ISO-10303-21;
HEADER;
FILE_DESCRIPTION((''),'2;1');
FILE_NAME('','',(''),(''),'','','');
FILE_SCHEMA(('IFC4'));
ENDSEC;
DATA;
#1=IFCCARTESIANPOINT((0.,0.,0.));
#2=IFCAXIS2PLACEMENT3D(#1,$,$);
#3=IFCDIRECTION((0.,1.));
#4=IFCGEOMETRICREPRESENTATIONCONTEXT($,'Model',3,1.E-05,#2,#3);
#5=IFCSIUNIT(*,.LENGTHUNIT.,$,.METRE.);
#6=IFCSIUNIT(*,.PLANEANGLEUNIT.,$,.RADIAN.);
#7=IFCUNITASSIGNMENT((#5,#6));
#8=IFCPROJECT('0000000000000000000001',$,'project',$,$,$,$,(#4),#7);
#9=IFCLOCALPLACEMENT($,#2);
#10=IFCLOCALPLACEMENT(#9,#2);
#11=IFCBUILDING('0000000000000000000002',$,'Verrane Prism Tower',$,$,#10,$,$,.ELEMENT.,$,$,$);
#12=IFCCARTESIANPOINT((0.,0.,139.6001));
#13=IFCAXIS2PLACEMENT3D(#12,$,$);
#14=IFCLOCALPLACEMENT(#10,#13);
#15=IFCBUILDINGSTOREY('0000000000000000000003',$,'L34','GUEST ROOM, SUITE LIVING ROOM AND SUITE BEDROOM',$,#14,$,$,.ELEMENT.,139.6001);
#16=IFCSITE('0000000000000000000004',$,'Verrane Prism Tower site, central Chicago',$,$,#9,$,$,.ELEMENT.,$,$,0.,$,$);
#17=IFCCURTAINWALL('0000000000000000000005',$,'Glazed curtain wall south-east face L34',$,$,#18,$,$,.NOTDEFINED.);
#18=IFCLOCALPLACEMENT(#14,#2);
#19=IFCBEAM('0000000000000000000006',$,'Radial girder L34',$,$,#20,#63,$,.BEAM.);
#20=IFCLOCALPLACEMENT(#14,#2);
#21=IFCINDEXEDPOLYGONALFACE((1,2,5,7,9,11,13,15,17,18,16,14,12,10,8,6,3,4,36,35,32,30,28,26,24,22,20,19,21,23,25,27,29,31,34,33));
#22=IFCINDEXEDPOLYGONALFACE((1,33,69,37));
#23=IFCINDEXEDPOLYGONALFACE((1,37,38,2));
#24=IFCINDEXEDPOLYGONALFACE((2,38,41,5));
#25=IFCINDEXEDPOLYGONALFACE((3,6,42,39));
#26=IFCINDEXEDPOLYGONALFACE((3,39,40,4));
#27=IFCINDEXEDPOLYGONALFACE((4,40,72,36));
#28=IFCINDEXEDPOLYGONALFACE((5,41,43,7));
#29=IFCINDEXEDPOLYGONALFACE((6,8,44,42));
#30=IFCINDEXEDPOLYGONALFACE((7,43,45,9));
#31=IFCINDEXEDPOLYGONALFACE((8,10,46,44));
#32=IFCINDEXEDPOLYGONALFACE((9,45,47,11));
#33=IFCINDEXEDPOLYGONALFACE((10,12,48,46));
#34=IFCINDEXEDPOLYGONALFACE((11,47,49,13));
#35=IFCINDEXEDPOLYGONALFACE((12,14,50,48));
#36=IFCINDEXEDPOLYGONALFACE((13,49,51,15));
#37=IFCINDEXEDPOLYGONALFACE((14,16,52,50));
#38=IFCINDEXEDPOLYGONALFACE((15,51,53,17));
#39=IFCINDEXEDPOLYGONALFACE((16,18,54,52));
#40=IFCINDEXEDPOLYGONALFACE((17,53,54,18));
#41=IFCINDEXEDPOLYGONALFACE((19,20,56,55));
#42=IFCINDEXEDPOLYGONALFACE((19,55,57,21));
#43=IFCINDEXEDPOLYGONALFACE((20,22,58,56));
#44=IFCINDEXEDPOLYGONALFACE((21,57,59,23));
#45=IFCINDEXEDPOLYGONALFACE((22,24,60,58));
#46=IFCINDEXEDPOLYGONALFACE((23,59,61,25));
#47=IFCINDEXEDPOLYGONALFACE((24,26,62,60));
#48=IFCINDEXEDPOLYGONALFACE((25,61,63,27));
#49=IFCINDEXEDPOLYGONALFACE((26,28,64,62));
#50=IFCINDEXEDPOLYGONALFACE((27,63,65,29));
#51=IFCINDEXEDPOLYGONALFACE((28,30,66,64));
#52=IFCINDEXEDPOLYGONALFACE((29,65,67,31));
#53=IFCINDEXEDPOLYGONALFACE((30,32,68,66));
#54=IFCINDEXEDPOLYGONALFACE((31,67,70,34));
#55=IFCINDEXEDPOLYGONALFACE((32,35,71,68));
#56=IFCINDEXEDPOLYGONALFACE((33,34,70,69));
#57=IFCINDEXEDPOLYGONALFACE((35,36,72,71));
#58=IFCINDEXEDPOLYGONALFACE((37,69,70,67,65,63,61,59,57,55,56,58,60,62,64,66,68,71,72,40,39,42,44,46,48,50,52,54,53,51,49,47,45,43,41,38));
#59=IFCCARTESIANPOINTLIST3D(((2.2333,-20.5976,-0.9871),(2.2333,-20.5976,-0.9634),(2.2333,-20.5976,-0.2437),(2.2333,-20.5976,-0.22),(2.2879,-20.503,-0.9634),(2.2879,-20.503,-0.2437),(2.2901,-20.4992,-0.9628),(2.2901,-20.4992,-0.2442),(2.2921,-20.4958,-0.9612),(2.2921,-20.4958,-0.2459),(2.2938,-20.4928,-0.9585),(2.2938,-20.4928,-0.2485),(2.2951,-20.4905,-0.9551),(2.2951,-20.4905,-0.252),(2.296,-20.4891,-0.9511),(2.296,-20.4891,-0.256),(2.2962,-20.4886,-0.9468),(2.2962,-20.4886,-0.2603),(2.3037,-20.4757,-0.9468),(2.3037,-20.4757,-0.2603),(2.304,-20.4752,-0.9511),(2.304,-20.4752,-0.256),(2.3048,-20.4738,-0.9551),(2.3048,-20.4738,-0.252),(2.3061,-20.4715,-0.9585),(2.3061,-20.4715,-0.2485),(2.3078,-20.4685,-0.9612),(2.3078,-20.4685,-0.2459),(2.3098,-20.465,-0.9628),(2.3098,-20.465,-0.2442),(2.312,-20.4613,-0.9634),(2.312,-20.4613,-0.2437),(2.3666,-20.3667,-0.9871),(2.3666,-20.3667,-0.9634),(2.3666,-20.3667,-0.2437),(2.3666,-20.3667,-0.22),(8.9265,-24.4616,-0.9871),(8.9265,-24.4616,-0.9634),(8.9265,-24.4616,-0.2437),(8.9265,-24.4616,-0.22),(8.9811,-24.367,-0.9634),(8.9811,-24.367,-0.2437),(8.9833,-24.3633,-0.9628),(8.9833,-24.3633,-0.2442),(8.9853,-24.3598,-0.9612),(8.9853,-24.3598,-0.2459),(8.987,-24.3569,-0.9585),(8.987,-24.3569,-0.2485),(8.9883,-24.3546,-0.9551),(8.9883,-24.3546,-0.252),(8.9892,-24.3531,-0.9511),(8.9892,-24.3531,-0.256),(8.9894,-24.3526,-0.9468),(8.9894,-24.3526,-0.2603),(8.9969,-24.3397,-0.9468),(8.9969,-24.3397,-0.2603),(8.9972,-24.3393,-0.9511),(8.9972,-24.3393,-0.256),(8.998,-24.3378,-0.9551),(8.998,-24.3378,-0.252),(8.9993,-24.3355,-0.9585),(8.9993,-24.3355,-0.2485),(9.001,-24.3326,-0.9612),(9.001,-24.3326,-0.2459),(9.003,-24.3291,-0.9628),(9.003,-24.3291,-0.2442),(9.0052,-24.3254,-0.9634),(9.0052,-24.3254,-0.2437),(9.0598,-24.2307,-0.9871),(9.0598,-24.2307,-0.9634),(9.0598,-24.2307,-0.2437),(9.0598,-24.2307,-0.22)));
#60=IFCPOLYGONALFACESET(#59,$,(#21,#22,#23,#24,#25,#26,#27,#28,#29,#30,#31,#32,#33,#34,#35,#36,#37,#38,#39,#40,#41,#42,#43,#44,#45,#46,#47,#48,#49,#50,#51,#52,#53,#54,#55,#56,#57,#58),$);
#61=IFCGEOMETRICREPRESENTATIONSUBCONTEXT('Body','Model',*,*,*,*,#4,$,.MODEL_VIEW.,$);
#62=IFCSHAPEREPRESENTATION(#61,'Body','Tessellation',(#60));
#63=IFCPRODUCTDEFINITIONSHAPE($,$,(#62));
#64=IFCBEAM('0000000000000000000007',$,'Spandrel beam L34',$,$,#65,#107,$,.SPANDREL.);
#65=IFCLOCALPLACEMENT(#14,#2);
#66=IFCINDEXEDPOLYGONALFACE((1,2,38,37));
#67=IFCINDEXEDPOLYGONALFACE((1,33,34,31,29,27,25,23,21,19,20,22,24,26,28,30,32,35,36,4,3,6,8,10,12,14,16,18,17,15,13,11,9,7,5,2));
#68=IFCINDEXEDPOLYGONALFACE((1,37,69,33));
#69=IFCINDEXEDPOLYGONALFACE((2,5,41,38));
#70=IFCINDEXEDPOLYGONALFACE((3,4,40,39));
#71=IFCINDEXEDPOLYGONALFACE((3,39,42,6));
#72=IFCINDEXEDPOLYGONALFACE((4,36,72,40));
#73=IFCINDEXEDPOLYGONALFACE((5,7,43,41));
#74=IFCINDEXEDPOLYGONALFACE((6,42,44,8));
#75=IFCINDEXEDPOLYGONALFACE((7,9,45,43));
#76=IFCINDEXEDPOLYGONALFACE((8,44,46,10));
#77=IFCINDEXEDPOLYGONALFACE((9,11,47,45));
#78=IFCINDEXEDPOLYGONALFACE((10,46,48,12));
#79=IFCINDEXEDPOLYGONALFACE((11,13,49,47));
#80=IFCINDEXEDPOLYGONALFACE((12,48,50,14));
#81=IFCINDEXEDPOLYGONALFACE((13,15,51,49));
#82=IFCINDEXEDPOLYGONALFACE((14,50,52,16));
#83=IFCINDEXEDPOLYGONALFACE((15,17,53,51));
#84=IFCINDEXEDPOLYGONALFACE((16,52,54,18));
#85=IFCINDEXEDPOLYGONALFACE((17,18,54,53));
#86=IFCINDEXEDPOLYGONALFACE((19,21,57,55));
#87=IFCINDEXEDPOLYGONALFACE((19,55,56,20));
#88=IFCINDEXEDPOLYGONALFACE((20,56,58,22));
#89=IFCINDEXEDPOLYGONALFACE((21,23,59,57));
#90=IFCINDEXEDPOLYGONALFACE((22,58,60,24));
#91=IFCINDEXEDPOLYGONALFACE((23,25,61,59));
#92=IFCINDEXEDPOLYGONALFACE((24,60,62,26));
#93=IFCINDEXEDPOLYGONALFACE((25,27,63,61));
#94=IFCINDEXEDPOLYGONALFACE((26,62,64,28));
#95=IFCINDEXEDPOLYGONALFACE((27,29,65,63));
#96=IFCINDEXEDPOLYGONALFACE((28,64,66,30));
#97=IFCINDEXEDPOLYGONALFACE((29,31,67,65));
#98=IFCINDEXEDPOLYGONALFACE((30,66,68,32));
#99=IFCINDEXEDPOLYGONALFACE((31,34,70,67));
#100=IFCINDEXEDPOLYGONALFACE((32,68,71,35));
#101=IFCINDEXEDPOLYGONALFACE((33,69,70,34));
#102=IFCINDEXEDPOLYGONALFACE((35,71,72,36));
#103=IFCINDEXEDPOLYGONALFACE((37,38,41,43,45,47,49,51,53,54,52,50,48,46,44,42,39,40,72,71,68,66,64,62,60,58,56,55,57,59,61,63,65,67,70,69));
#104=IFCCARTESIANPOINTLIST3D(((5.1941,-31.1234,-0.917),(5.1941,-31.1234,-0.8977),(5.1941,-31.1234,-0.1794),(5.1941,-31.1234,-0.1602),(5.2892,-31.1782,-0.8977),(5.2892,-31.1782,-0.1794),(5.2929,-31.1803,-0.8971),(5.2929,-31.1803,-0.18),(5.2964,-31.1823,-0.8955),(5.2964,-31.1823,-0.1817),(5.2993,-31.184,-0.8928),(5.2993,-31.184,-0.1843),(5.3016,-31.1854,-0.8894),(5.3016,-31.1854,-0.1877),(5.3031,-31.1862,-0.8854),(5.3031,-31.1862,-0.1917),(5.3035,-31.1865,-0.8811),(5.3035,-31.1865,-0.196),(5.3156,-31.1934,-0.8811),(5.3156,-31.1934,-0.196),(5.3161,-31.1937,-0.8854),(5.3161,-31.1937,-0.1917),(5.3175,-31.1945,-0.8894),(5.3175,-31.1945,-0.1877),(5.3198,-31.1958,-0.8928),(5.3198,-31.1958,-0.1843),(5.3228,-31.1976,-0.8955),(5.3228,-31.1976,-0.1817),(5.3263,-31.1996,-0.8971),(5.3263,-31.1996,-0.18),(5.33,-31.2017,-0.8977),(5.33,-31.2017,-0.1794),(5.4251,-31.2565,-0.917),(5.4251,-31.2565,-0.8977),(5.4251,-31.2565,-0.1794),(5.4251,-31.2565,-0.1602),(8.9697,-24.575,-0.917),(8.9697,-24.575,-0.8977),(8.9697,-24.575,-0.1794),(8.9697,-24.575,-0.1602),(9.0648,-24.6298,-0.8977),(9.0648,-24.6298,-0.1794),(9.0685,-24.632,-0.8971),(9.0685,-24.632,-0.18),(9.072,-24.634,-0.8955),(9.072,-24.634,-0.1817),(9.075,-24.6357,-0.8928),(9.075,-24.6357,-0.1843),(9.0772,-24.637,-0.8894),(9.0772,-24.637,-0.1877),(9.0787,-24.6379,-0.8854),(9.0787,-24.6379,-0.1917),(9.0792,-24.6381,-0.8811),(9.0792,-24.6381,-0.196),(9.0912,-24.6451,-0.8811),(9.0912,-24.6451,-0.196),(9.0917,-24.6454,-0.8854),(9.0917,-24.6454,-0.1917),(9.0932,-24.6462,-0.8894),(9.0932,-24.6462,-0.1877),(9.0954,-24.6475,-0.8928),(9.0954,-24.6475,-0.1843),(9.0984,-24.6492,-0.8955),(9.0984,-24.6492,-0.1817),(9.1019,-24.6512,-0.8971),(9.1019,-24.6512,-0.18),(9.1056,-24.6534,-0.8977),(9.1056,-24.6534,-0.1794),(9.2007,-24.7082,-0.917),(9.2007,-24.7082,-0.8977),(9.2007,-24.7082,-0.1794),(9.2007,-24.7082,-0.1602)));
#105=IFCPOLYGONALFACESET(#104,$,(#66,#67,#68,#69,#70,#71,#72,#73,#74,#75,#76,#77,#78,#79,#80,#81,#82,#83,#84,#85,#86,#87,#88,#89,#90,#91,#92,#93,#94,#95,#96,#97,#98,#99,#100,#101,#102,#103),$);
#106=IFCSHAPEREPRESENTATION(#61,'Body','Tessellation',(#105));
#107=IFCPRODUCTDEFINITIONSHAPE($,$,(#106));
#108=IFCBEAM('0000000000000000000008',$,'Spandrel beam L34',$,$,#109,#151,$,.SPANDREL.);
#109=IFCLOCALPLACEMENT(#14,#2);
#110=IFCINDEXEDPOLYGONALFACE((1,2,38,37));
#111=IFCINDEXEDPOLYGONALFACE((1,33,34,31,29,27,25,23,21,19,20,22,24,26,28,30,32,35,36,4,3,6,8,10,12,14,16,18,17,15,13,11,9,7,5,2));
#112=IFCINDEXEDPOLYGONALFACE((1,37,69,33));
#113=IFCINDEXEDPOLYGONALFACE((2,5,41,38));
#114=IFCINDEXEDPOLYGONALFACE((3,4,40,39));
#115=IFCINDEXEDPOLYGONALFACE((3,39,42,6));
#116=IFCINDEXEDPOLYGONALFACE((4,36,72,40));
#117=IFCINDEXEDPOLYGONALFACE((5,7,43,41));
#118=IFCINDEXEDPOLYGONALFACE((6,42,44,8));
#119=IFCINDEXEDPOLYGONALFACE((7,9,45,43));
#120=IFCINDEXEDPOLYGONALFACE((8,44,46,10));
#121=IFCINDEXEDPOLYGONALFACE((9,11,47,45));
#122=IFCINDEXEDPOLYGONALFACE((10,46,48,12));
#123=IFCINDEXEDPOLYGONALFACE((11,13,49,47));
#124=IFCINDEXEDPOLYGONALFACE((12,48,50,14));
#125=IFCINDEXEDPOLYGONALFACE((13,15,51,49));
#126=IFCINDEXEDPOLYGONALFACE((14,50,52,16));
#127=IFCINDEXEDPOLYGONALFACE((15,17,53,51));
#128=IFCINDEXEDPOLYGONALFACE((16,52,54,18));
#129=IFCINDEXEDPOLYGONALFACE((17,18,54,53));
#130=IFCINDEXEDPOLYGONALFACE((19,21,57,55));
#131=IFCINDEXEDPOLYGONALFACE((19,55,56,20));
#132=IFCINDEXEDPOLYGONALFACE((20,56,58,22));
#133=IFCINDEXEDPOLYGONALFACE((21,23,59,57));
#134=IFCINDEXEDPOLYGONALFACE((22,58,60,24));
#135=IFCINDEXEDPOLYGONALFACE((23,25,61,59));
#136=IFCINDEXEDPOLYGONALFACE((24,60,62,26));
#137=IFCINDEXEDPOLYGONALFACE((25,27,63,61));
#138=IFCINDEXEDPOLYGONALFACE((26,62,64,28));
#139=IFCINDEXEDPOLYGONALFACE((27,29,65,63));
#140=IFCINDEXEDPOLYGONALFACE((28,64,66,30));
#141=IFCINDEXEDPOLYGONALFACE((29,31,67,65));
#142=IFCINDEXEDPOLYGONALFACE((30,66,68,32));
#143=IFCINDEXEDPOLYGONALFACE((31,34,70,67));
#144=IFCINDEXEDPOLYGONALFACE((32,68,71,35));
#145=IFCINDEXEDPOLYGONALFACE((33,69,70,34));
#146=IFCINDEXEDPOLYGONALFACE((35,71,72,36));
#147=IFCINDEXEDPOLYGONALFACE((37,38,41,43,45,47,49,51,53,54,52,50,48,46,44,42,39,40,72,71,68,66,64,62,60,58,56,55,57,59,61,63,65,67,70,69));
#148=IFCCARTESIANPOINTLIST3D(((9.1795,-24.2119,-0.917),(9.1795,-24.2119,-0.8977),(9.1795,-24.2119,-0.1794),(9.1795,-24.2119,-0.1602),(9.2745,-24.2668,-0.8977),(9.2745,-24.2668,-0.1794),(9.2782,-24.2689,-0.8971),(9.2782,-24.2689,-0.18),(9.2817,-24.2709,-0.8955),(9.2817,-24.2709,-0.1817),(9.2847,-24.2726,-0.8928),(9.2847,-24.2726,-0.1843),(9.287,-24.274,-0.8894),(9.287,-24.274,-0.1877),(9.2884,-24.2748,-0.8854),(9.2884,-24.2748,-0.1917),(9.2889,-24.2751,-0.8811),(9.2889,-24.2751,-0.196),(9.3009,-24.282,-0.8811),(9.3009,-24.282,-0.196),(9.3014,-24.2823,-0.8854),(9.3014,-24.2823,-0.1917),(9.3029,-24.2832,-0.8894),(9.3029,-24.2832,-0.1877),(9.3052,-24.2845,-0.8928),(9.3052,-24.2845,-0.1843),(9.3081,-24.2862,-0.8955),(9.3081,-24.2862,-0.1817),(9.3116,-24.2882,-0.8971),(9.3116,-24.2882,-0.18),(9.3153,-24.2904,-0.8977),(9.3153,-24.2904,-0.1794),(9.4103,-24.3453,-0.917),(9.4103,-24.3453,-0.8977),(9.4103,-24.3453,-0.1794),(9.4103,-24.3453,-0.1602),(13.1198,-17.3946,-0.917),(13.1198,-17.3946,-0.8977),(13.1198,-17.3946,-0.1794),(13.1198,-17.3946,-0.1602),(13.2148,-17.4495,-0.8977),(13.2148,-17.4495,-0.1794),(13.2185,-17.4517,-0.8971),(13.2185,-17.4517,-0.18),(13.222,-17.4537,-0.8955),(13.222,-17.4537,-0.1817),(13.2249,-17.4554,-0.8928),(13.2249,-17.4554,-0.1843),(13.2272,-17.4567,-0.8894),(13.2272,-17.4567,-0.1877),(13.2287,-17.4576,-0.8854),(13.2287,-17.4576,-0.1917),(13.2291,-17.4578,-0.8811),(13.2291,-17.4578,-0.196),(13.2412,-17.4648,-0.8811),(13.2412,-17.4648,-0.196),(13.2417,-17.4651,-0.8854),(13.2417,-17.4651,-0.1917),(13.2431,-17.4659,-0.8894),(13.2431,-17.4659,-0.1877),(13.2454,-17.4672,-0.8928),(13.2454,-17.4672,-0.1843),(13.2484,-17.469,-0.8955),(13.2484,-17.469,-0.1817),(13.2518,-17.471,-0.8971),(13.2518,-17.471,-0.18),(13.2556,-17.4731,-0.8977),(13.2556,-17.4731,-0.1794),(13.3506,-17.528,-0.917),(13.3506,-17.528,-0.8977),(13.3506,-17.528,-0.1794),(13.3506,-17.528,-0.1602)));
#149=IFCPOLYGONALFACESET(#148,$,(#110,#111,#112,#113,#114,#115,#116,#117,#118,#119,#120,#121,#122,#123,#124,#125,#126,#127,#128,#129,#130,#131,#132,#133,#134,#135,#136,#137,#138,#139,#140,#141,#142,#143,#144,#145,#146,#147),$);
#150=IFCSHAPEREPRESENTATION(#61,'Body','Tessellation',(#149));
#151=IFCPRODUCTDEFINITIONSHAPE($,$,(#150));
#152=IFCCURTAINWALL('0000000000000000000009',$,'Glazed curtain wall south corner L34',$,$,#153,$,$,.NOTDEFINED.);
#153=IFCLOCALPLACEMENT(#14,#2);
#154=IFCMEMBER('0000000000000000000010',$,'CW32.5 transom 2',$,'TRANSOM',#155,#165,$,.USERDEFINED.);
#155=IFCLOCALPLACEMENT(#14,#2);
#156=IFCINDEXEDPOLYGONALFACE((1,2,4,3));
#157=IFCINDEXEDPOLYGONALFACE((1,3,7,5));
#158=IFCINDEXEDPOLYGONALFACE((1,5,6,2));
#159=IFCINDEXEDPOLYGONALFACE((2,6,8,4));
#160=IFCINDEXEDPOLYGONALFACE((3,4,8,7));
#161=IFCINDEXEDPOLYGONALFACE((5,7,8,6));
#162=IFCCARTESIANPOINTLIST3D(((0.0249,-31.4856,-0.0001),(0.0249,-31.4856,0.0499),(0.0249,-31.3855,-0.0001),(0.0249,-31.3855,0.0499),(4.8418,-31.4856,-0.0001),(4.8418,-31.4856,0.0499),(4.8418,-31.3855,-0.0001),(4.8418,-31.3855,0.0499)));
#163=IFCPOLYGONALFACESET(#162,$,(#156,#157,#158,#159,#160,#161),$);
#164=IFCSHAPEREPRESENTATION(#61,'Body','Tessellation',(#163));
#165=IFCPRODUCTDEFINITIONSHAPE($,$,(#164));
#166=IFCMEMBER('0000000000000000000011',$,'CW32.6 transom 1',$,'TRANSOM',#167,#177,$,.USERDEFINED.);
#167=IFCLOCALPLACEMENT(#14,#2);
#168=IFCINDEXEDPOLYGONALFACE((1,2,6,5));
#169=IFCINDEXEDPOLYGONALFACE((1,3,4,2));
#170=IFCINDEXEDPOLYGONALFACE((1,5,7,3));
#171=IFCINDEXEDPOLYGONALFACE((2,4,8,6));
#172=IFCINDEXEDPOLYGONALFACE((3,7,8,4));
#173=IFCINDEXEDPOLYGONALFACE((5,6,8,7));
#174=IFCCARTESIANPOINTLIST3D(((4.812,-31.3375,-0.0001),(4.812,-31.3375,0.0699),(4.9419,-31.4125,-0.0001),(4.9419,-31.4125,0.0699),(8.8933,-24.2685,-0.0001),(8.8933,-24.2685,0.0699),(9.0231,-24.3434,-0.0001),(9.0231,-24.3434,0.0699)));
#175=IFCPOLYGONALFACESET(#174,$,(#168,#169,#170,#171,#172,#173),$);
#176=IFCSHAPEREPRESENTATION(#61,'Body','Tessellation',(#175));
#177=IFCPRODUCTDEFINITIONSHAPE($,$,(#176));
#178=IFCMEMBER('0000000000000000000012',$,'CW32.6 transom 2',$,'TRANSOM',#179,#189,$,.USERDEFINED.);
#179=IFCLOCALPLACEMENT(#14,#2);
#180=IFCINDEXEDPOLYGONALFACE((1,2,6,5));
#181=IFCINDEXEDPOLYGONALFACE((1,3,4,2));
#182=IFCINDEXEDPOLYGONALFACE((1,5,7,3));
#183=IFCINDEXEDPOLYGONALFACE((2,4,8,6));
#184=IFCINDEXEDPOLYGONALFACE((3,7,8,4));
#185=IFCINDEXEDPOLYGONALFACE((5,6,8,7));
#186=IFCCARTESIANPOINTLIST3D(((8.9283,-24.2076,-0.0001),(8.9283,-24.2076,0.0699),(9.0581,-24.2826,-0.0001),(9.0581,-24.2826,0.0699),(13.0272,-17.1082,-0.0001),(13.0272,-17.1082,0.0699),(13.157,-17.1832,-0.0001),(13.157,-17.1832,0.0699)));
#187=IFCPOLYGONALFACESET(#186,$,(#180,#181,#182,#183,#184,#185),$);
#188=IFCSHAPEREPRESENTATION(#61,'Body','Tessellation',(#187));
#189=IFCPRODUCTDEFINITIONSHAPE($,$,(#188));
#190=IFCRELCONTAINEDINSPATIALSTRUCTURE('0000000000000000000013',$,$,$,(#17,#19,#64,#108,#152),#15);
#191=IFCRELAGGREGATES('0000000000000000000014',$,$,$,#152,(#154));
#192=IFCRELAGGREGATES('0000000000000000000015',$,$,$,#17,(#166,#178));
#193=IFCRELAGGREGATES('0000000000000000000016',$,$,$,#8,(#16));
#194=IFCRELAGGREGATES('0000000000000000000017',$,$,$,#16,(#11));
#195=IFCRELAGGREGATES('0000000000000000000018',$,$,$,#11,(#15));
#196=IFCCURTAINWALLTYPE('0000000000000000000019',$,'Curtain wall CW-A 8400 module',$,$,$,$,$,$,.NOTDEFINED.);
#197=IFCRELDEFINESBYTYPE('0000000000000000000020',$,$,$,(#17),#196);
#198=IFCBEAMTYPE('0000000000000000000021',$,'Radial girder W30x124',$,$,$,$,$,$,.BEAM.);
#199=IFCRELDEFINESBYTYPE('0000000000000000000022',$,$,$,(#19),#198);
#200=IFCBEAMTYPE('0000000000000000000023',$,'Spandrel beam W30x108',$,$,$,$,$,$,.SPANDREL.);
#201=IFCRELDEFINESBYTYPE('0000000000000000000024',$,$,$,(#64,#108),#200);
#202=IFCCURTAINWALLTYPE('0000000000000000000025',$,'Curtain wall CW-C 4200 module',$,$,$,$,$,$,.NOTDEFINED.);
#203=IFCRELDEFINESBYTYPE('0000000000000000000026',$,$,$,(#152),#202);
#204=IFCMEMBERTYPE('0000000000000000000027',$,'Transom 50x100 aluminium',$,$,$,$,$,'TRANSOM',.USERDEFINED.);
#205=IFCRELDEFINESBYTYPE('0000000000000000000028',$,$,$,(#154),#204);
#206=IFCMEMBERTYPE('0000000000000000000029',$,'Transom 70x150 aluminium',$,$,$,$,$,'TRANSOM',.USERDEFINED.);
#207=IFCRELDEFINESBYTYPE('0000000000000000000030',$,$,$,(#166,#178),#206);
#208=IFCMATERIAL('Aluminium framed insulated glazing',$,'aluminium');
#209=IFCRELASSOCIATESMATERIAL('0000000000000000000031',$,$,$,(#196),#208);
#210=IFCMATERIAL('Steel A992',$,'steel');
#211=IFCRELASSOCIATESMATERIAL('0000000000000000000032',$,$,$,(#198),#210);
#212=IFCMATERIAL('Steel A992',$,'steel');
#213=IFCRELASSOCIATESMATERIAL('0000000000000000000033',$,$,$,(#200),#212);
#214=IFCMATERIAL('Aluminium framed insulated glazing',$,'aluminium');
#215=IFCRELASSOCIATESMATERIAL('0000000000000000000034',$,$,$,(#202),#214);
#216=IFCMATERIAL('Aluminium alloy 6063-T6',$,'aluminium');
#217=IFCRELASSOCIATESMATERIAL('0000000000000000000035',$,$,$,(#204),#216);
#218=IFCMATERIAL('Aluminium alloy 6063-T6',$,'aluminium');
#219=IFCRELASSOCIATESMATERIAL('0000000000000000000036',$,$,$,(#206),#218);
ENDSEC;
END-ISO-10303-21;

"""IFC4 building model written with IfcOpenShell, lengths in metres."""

from ifc_helpers import new_model, si_unit, direction, frame, origin, origin_2d, place, context, subcontext, project, spatial, rectangle, i_section, extrude, material, material_profile, profile_set, type_object, element, aggregate, save


model = new_model("IFC4")

# Units and contexts
model_context = context("Model", 3, precision=1e-05, world=origin(), true_north=direction((0.0, 1.0)))
body_context = subcontext(model_context, "Body", "Model", "MODEL_VIEW")
ifc_project = project(units=[si_unit("LENGTHUNIT", "METRE"), si_unit("PLANEANGLEUNIT", "RADIAN")], contexts=[model_context])

# Site, building, storey
site_placement = place(None, origin())
site = spatial("IfcSite", under=ifc_project, at=site_placement, Name="Verrane Prism Tower site, central Chicago", CompositionType="ELEMENT", RefElevation=0.0)
building_placement = place(site_placement, origin())
building = spatial("IfcBuilding", under=site, at=building_placement, Name="Verrane Prism Tower", CompositionType="ELEMENT")
storey_placement = place(building_placement, frame((0.0, 0.0, 139.6001)))
storey = spatial("IfcBuildingStorey", under=building, at=storey_placement, Name="L34", Description="GUEST ROOM, SUITE LIVING ROOM AND SUITE BEDROOM", CompositionType="ELEMENT", Elevation=139.6001)

# Curtain wall
ifc_material_1 = material(Name="Aluminium framed insulated glazing", Category="aluminium")
curtain_wall_type_1 = type_object("IfcCurtainWallType", Name="Curtain wall CW-A 8400 module", PredefinedType="NOTDEFINED", material=ifc_material_1)
curtain_wall_1_placement = place(storey_placement, origin())
curtain_wall_1 = element("IfcCurtainWall", 1, at=curtain_wall_1_placement, inside=storey, type_object=curtain_wall_type_1, Name="Glazed curtain wall south-east face L34", PredefinedType="NOTDEFINED")

# Beams
ifc_material_2 = material(Name="Steel A992", Category="steel")
ifc_material_profile_1 = material_profile(ifc_material_2, i_section(OverallWidth=0.2666, OverallDepth=0.7671, WebThickness=0.0149, FlangeThickness=0.0237, FilletRadius=0.0166, at=origin_2d()), Name="W30x124")
ifc_profile_set_1 = profile_set([ifc_material_profile_1], Name="Steel A992")
beam_type_1 = type_object("IfcBeamType", Name="Radial girder W30x124", PredefinedType="BEAM", material=ifc_profile_set_1)
beam_1_placement = place(storey_placement, frame((8.9932, -24.3462, -0.6035), z_axis=(-0.86604, 0.499975, 0.0), x_axis=(-0.499975, -0.86604, 0.0)))
element("IfcBeam", 2, at=beam_1_placement, inside=storey, type_object=beam_type_1, Name="Radial girder L34", PredefinedType="BEAM", context=body_context, shape_type="SweptSolid", body=[
    extrude(i_section(OverallWidth=0.2666, OverallDepth=0.7671, WebThickness=0.0149, FlangeThickness=0.0237, FilletRadius=0.0166, at=origin_2d()), origin(), (0.0, 0.0, 1.0), 7.7285),
])
ifc_material_3 = material(Name="Steel A992", Category="steel")
ifc_material_profile_2 = material_profile(ifc_material_3, i_section(OverallWidth=0.2666, OverallDepth=0.7568, WebThickness=0.0139, FlangeThickness=0.0193, FilletRadius=0.0166, at=origin_2d()), Name="W30x108")
ifc_profile_set_2 = profile_set([ifc_material_profile_2], Name="Steel A992")
beam_type_2 = type_object("IfcBeamType", Name="Spandrel beam W30x108", PredefinedType="SPANDREL", material=ifc_profile_set_2)
beam_2_placement = place(storey_placement, frame((5.3096, -31.1899, -0.5386), z_axis=(0.499499, 0.866315, 0.0), x_axis=(-0.866315, 0.499499, 0.0)))
element("IfcBeam", 3, at=beam_2_placement, inside=storey, type_object=beam_type_2, Name="Spandrel beam L34", PredefinedType="SPANDREL", context=body_context, shape_type="SweptSolid", body=[
    extrude(i_section(OverallWidth=0.2666, OverallDepth=0.7568, WebThickness=0.0139, FlangeThickness=0.0193, FilletRadius=0.0166, at=origin_2d()), origin(), (0.0, 0.0, 1.0), 7.5588),
])
beam_3_placement = place(storey_placement, frame((9.2949, -24.2786, -0.5386), z_axis=(0.50041, 0.865788, 0.0), x_axis=(-0.865788, 0.50041, 0.0)))
element("IfcBeam", 4, at=beam_3_placement, inside=storey, type_object=beam_type_2, Name="Spandrel beam L34", PredefinedType="SPANDREL", context=body_context, shape_type="SweptSolid", body=[
    extrude(i_section(OverallWidth=0.2666, OverallDepth=0.7568, WebThickness=0.0139, FlangeThickness=0.0193, FilletRadius=0.0166, at=origin_2d()), origin(), (0.0, 0.0, 1.0), 7.874),
])

# Curtain wall, member
ifc_material_4 = material(Name="Aluminium framed insulated glazing", Category="aluminium")
curtain_wall_type_2 = type_object("IfcCurtainWallType", Name="Curtain wall CW-C 4200 module", PredefinedType="NOTDEFINED", material=ifc_material_4)
curtain_wall_2_placement = place(storey_placement, origin())
curtain_wall_2 = element("IfcCurtainWall", 5, at=curtain_wall_2_placement, inside=storey, type_object=curtain_wall_type_2, Name="Glazed curtain wall south corner L34", PredefinedType="NOTDEFINED")
ifc_material_5 = material(Name="Aluminium alloy 6063-T6", Category="aluminium")
ifc_material_profile_3 = material_profile(ifc_material_5, rectangle(XDim=0.1001, YDim=0.05, at=origin_2d()), Name="Transom 50x100 aluminium")
ifc_profile_set_3 = profile_set([ifc_material_profile_3], Name="Aluminium alloy 6063-T6")
member_type_1 = type_object("IfcMemberType", Name="Transom 50x100 aluminium", ElementType="TRANSOM", PredefinedType="USERDEFINED", material=ifc_profile_set_3)
member_1_placement = place(storey_placement, frame((0.0249, -31.4355, 0.0249), z_axis=(1.0, 0.0, 0.0), x_axis=(0.0, 1.0, 0.0)))
member_1 = element("IfcMember", 6, at=member_1_placement, type_object=member_type_1, Name="CW32.5 transom 2", ObjectType="TRANSOM", PredefinedType="USERDEFINED", context=body_context, shape_type="SweptSolid", body=[
    extrude(rectangle(XDim=0.1001, YDim=0.05, at=origin_2d()), origin(), (0.0, 0.0, 1.0), 4.8169),
])

# Members
ifc_material_6 = material(Name="Aluminium alloy 6063-T6", Category="aluminium")
ifc_material_profile_4 = material_profile(ifc_material_6, rectangle(XDim=0.1499, YDim=0.0701, at=origin_2d()), Name="Transom 70x150 aluminium")
ifc_profile_set_4 = profile_set([ifc_material_profile_4], Name="Aluminium alloy 6063-T6")
member_type_2 = type_object("IfcMemberType", Name="Transom 70x150 aluminium", ElementType="TRANSOM", PredefinedType="USERDEFINED", material=ifc_profile_set_4)
member_2_placement = place(storey_placement, frame((4.877, -31.375, 0.0349), z_axis=(0.499996, 0.866028, 0.0), x_axis=(-0.866028, 0.499996, 0.0)))
member_2 = element("IfcMember", 7, at=member_2_placement, type_object=member_type_2, Name="CW32.6 transom 1", ObjectType="TRANSOM", PredefinedType="USERDEFINED", context=body_context, shape_type="SweptSolid", body=[
    extrude(rectangle(XDim=0.1499, YDim=0.0701, at=origin_2d()), origin(), (0.0, 0.0, 1.0), 8.1626),
])
member_3_placement = place(storey_placement, frame((8.9932, -24.2451, 0.0349), z_axis=(0.500005, 0.866022, 0.0), x_axis=(-0.866022, 0.500005, 0.0)))
member_3 = element("IfcMember", 8, at=member_3_placement, type_object=member_type_2, Name="CW32.6 transom 2", ObjectType="TRANSOM", PredefinedType="USERDEFINED", context=body_context, shape_type="SweptSolid", body=[
    extrude(rectangle(XDim=0.1499, YDim=0.0701, at=origin_2d()), origin(), (0.0, 0.0, 1.0), 8.1978),
])

aggregate(curtain_wall_2, [member_1])
aggregate(curtain_wall_1, [member_2, member_3])

save(model, "model.ifc")
